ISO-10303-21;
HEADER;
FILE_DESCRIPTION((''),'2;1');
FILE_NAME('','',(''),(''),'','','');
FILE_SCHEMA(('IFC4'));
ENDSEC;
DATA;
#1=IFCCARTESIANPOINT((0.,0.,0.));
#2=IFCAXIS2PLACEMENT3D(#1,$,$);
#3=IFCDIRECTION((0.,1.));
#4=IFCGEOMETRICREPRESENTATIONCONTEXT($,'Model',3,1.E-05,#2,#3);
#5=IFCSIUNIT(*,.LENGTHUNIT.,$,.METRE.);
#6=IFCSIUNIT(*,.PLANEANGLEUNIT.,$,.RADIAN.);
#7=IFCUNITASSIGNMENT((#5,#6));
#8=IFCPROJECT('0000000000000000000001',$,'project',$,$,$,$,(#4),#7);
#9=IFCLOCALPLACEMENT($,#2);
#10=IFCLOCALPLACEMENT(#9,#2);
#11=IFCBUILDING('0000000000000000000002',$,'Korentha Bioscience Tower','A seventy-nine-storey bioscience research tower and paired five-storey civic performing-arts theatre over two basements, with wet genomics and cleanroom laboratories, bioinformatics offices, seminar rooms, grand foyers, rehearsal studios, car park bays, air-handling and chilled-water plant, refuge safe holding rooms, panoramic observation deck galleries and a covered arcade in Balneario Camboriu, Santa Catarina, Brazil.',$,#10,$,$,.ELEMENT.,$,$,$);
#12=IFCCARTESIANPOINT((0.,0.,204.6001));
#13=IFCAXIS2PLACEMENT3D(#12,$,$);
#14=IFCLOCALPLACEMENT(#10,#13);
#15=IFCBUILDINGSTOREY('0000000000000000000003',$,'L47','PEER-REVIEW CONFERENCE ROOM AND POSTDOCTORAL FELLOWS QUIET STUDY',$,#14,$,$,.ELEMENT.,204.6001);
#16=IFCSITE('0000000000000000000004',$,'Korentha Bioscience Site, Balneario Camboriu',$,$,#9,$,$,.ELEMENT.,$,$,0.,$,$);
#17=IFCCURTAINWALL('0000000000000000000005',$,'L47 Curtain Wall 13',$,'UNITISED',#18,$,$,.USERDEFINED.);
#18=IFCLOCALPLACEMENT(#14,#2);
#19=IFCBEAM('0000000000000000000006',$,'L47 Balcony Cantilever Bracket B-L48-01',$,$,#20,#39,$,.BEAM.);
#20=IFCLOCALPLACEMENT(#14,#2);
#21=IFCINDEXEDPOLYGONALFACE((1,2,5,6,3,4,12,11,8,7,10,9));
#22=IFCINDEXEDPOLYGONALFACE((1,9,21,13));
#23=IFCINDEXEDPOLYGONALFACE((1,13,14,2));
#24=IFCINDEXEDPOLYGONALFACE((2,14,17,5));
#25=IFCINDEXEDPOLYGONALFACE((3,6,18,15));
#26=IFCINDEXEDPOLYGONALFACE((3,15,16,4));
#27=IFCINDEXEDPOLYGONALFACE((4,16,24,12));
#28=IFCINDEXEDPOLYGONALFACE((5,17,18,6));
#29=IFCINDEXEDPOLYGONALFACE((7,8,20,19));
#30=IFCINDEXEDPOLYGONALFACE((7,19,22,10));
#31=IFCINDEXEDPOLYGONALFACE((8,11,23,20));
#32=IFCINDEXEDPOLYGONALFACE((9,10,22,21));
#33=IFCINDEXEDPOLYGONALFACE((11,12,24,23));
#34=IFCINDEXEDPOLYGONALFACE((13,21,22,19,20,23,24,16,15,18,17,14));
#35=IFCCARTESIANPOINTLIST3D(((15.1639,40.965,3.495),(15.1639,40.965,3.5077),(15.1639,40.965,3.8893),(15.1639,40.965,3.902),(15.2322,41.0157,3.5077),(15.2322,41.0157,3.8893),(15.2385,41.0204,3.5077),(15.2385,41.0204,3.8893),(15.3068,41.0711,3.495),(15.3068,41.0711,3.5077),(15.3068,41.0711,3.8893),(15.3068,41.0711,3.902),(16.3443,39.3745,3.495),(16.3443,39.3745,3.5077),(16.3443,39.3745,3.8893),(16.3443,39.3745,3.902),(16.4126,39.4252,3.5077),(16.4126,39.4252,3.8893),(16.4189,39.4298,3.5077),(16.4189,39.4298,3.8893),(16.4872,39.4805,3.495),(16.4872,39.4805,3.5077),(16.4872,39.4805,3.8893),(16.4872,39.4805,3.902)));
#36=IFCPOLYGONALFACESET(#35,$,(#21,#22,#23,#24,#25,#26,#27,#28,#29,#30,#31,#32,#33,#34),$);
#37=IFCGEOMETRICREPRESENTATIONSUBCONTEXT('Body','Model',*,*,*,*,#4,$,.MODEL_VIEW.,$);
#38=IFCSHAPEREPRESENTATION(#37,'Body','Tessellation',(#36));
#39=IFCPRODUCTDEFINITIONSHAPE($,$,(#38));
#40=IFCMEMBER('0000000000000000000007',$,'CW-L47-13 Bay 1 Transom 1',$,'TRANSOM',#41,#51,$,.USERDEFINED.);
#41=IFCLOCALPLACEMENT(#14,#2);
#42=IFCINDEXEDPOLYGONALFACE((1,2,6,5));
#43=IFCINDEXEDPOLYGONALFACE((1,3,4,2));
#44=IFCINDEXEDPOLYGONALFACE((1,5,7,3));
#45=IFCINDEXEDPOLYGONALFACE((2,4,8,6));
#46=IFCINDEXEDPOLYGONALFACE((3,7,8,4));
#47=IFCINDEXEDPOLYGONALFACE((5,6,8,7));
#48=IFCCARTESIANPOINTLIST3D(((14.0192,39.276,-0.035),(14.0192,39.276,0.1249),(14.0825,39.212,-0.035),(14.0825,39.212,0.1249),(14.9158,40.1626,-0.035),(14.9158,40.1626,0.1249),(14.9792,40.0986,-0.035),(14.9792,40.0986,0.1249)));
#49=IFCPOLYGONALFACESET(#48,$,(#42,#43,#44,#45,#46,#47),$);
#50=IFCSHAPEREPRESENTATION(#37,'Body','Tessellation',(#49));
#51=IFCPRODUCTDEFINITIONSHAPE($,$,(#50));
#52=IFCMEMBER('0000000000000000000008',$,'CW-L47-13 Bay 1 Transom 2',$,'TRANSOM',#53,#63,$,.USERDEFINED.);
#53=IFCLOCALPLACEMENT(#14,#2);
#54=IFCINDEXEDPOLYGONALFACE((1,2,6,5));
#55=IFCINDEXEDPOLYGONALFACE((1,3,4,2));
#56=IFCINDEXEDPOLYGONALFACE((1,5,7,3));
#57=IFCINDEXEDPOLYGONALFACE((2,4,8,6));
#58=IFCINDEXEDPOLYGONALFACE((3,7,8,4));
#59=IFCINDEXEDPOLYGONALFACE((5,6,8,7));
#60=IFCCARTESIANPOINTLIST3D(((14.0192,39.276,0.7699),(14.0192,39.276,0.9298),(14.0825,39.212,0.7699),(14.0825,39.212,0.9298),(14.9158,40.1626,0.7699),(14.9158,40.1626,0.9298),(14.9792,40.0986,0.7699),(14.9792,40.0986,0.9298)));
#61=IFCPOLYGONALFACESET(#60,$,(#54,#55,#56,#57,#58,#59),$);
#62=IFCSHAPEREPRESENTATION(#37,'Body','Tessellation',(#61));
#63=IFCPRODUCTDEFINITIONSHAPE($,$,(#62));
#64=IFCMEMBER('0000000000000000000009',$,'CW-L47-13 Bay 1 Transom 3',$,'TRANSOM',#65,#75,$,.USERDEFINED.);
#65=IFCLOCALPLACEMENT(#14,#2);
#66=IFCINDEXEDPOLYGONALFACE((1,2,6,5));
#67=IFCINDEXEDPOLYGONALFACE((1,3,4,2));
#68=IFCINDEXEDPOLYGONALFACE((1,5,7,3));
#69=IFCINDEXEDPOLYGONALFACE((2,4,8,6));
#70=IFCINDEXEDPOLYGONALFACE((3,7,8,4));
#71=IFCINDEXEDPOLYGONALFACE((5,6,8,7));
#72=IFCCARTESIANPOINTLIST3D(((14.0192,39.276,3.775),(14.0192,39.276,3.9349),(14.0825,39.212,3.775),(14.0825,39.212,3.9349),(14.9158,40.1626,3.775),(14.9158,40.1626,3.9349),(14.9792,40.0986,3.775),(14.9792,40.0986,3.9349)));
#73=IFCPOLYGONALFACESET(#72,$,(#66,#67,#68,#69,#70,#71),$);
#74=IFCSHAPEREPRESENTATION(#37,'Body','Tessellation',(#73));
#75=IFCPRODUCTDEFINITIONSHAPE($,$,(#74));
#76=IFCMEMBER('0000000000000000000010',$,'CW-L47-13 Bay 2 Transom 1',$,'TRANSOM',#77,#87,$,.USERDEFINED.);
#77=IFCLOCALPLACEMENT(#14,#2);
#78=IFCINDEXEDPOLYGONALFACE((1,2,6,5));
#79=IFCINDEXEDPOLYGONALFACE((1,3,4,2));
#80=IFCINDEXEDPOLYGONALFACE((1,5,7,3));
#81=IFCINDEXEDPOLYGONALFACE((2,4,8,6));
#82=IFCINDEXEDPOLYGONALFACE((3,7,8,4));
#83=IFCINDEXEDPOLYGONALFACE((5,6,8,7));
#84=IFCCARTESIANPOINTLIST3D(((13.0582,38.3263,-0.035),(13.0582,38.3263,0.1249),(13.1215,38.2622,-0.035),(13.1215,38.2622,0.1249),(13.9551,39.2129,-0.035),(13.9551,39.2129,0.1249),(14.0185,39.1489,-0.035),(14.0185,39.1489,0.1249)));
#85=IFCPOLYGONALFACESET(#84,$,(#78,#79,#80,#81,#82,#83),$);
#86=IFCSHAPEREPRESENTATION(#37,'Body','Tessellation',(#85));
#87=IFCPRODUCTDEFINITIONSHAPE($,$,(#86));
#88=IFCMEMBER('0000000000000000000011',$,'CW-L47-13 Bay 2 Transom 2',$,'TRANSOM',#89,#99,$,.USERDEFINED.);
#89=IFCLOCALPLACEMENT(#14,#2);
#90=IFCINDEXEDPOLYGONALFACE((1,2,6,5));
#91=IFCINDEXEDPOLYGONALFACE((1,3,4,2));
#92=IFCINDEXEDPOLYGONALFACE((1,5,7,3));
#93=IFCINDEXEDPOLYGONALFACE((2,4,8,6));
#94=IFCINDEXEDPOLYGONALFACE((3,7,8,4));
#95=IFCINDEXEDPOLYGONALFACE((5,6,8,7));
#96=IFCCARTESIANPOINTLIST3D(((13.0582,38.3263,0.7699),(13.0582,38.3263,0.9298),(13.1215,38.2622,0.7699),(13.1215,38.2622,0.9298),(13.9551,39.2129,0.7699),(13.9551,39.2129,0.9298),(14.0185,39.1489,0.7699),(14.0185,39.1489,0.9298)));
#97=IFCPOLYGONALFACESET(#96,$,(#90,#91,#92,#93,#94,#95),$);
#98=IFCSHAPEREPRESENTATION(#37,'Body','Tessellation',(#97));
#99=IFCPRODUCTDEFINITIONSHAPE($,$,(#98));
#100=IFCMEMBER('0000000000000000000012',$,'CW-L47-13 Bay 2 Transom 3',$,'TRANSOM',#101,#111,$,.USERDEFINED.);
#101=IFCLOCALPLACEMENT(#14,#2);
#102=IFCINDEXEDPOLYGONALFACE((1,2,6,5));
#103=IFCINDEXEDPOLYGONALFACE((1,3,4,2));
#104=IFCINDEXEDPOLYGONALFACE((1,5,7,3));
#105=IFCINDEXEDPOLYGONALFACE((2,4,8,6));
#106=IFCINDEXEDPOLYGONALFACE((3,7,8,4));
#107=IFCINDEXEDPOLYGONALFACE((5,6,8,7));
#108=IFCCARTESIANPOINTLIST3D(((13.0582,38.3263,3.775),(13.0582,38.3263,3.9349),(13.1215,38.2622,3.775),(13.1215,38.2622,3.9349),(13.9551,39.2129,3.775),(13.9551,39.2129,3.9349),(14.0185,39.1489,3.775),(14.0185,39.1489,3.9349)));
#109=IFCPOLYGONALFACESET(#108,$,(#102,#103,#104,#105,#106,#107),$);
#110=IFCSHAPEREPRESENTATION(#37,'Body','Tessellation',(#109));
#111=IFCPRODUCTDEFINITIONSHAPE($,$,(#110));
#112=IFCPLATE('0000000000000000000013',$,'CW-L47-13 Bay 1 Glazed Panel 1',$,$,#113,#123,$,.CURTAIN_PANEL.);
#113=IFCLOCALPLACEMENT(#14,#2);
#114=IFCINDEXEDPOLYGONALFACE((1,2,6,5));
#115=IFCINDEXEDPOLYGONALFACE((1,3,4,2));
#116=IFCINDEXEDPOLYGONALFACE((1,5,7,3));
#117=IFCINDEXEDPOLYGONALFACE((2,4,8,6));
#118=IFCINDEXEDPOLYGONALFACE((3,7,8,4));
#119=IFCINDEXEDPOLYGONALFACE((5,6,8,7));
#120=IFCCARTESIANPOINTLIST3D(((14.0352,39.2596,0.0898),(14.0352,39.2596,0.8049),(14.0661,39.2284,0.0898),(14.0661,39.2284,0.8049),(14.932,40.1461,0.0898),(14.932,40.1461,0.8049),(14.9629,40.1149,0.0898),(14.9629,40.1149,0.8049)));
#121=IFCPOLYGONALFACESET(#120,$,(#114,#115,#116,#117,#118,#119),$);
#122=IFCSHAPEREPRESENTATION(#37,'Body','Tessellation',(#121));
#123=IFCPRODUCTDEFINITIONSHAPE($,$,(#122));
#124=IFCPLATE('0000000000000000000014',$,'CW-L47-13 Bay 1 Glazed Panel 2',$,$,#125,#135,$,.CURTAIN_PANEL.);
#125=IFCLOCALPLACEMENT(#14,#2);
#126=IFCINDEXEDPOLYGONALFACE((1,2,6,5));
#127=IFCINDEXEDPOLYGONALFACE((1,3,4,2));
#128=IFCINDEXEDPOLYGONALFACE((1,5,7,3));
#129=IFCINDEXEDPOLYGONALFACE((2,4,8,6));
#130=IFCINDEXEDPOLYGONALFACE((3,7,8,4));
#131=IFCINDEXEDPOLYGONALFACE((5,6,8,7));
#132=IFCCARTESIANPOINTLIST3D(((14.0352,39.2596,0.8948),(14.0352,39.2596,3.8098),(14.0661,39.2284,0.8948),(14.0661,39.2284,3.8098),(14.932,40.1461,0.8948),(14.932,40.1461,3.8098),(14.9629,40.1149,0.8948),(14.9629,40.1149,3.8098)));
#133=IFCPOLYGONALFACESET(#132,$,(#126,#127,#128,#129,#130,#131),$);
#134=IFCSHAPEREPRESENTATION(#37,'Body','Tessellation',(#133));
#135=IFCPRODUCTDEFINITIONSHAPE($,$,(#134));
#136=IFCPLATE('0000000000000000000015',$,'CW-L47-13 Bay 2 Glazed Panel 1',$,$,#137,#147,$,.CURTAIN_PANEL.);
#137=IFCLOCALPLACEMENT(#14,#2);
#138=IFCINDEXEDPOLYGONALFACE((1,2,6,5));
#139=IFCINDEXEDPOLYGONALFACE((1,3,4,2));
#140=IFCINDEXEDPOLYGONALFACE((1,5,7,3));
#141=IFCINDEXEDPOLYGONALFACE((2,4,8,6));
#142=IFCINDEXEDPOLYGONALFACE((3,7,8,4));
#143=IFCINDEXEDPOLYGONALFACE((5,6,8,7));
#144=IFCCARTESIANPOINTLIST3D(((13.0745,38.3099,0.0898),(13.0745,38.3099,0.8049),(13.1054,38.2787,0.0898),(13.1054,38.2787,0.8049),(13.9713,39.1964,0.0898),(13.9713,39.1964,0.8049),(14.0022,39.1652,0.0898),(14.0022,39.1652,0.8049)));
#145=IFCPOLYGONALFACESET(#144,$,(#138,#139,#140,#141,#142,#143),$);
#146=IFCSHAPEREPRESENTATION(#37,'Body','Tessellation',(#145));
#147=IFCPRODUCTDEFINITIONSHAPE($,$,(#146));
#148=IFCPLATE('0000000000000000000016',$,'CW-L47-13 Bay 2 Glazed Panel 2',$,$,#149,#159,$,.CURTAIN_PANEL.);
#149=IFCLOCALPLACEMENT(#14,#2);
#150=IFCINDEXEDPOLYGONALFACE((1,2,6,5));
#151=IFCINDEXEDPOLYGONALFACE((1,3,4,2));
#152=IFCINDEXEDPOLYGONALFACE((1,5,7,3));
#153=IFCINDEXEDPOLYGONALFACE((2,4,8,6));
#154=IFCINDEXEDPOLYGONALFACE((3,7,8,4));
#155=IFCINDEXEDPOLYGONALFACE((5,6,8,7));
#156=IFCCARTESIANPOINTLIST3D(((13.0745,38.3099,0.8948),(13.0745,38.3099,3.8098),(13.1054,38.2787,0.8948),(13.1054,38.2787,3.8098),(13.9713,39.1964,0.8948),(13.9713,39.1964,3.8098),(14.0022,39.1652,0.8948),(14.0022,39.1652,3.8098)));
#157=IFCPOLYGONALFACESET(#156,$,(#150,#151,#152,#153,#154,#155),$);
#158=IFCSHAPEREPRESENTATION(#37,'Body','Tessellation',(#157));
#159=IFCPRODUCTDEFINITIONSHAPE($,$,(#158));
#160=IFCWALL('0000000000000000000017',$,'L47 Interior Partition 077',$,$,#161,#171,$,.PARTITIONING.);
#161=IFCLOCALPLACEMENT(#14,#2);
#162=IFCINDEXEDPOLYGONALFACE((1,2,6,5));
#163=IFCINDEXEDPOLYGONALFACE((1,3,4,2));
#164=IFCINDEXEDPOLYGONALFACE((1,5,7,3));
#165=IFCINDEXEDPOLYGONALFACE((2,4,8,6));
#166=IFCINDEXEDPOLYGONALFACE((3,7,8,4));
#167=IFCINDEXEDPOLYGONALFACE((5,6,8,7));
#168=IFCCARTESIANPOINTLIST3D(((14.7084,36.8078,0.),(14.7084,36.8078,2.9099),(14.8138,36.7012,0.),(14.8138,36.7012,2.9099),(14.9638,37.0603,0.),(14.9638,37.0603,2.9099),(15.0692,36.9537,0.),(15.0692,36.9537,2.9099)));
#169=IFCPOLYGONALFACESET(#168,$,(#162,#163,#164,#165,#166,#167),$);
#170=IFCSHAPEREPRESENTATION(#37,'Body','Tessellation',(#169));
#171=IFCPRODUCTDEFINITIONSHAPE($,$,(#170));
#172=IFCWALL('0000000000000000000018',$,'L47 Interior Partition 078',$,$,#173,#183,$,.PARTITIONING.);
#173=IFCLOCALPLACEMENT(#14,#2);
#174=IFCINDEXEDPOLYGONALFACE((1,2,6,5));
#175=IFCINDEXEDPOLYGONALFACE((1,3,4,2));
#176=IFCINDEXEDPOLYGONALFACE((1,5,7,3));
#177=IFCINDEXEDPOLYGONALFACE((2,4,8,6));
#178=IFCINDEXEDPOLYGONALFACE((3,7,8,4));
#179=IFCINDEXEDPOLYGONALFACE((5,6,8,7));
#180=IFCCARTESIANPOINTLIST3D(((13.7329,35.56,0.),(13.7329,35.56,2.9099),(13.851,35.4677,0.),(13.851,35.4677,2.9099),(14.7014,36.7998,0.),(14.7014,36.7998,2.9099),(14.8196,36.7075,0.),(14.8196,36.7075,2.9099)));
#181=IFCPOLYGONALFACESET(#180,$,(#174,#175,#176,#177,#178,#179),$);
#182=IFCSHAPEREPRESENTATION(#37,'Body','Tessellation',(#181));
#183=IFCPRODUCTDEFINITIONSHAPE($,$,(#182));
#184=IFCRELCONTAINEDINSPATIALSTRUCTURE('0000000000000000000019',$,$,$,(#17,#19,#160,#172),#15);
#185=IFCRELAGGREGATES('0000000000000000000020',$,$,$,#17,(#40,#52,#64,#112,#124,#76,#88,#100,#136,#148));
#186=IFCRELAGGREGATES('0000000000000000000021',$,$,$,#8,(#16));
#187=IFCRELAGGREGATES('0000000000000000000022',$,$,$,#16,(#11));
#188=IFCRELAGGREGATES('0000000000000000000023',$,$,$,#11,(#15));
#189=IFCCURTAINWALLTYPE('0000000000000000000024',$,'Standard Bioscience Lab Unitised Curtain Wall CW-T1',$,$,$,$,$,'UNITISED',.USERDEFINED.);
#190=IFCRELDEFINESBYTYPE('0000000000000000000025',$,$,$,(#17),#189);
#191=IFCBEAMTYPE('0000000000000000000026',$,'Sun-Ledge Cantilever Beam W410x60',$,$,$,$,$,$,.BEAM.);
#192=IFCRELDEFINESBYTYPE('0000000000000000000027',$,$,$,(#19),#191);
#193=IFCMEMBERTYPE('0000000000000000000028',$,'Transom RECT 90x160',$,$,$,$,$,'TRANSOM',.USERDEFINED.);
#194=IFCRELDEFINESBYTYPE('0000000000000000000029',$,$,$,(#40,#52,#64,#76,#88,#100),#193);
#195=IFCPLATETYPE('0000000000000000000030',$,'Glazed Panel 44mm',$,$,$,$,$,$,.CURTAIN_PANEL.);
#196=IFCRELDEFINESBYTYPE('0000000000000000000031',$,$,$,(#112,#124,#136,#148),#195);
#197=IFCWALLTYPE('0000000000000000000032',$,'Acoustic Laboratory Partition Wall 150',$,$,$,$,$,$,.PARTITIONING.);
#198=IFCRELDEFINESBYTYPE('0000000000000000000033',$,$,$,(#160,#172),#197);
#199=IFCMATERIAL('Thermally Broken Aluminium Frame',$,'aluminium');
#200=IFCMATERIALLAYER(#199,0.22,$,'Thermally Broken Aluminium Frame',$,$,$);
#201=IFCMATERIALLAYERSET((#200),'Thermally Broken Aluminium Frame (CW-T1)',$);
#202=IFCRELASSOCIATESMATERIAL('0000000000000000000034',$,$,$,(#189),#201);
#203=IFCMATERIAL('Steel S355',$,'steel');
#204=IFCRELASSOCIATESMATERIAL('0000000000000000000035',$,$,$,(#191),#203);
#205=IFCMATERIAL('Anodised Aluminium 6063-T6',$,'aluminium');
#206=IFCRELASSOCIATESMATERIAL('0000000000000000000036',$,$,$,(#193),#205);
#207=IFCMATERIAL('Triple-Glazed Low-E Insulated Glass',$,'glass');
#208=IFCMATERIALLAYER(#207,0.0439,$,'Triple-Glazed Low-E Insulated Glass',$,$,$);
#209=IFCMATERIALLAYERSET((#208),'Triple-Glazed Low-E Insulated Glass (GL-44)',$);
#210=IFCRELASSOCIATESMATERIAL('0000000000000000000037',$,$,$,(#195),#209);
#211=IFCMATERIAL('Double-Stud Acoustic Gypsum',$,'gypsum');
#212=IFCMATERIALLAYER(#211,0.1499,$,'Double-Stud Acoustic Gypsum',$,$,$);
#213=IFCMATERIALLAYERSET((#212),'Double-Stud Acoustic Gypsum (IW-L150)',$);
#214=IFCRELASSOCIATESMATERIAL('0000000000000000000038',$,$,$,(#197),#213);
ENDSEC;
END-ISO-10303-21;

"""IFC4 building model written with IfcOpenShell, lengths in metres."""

from ifc_helpers import new_model, si_unit, direction, frame, frame_2d, origin, origin_2d, place, context, subcontext, project, spatial, rectangle, i_section, extrude, material, layer, layer_set, material_profile, profile_set, type_object, element, aggregate, save


model = new_model("IFC4")

# Units and contexts
model_context = context("Model", 3, precision=1e-05, world=origin(), true_north=direction((0.0, 1.0)))
body_context = subcontext(model_context, "Body", "Model", "MODEL_VIEW")
ifc_project = project(units=[si_unit("LENGTHUNIT", "METRE"), si_unit("PLANEANGLEUNIT", "RADIAN")], contexts=[model_context])

# Site, building, storey
site_placement = place(None, origin())
site = spatial("IfcSite", under=ifc_project, at=site_placement, Name="Korentha Bioscience Site, Balneario Camboriu", CompositionType="ELEMENT", RefElevation=0.0)
building_placement = place(site_placement, origin())
building = spatial("IfcBuilding", under=site, at=building_placement, Name="Korentha Bioscience Tower", Description="A seventy-nine-storey bioscience research tower and paired five-storey civic performing-arts theatre over two basements, with wet genomics and cleanroom laboratories, bioinformatics offices, seminar rooms, grand foyers, rehearsal studios, car park bays, air-handling and chilled-water plant, refuge safe holding rooms, panoramic observation deck galleries and a covered arcade in Balneario Camboriu, Santa Catarina, Brazil.", CompositionType="ELEMENT")
storey_placement = place(building_placement, frame((0.0, 0.0, 204.6001)))
storey = spatial("IfcBuildingStorey", under=building, at=storey_placement, Name="L47", Description="PEER-REVIEW CONFERENCE ROOM AND POSTDOCTORAL FELLOWS QUIET STUDY", CompositionType="ELEMENT", Elevation=204.6001)

# Curtain wall
ifc_material_1 = material(Name="Thermally Broken Aluminium Frame", Category="aluminium")
ifc_layer_1 = layer(ifc_material_1, 0.22, Name="Thermally Broken Aluminium Frame")
ifc_layer_set_1 = layer_set([ifc_layer_1], Name="Thermally Broken Aluminium Frame (CW-T1)")
curtain_wall_type = type_object("IfcCurtainWallType", Name="Standard Bioscience Lab Unitised Curtain Wall CW-T1", ElementType="UNITISED", PredefinedType="USERDEFINED", material=ifc_layer_set_1)
curtain_wall_placement = place(storey_placement, origin())
curtain_wall = element("IfcCurtainWall", 1, at=curtain_wall_placement, inside=storey, type_object=curtain_wall_type, Name="L47 Curtain Wall 13", ObjectType="UNITISED", PredefinedType="USERDEFINED")
ifc_material_2 = material(Name="Anodised Aluminium 6063-T6", Category="aluminium")

# Beam
ifc_material_3 = material(Name="Steel S355", Category="steel")
ifc_material_profile_1 = material_profile(ifc_material_3, i_section(OverallWidth=0.178, OverallDepth=0.407, WebThickness=0.0078, FlangeThickness=0.0127, at=origin_2d()), Name="Steel S355")
ifc_profile_set_1 = profile_set([ifc_material_profile_1], Name="Steel S355 (CB-410)")
beam_type_1 = type_object("IfcBeamType", Name="Sun-Ledge Cantilever Beam W410x60", PredefinedType="BEAM", material=ifc_profile_set_1)
beam_1_placement = place(storey_placement, frame((16.4158, 39.4275, 3.6985), z_axis=(-0.595949, 0.803022, 0.0), x_axis=(-0.803022, -0.595949, 0.0)))
element("IfcBeam", 2, at=beam_1_placement, inside=storey, type_object=beam_type_1, Name="L47 Balcony Cantilever Bracket B-L48-01", PredefinedType="BEAM", context=body_context, shape_type="SweptSolid", body=[
    extrude(i_section(OverallWidth=0.178, OverallDepth=0.407, WebThickness=0.0078, FlangeThickness=0.0127, at=origin_2d()), origin(), (0.0, 0.0, 1.0), 1.9807),
])

# Members
ifc_material_profile_2 = material_profile(ifc_material_2, rectangle(XDim=0.0901, YDim=0.1599, at=origin_2d()), Name="Anodised Aluminium 6063-T6")
ifc_profile_set_2 = profile_set([ifc_material_profile_2], Name="Anodised Aluminium 6063-T6 (CW-TRN)")
member_type_1 = type_object("IfcMemberType", Name="Transom RECT 90x160", ElementType="TRANSOM", PredefinedType="USERDEFINED", material=ifc_profile_set_2)
member_1_placement = place(storey_placement, frame((14.9475, 40.1306, 0.0449), z_axis=(-0.711064, -0.703127, 0.0), x_axis=(0.703127, -0.711064, 0.0)))
member_1 = element("IfcMember", 3, at=member_1_placement, type_object=member_type_1, Name="CW-L47-13 Bay 1 Transom 1", ObjectType="TRANSOM", PredefinedType="USERDEFINED", context=body_context, shape_type="SweptSolid", body=[
    extrude(rectangle(XDim=0.0901, YDim=0.1599, at=origin_2d()), origin(), (0.0, 0.0, 1.0), 1.261),
])
member_2_placement = place(storey_placement, frame((14.9475, 40.1306, 0.8499), z_axis=(-0.711064, -0.703127, 0.0), x_axis=(0.703127, -0.711064, 0.0)))
member_2 = element("IfcMember", 4, at=member_2_placement, type_object=member_type_1, Name="CW-L47-13 Bay 1 Transom 2", ObjectType="TRANSOM", PredefinedType="USERDEFINED", context=body_context, shape_type="SweptSolid", body=[
    extrude(rectangle(XDim=0.0901, YDim=0.1599, at=origin_2d()), origin(), (0.0, 0.0, 1.0), 1.261),
])
member_3_placement = place(storey_placement, frame((14.9475, 40.1306, 3.855), z_axis=(-0.711064, -0.703127, 0.0), x_axis=(0.703127, -0.711064, 0.0)))
member_3 = element("IfcMember", 5, at=member_3_placement, type_object=member_type_1, Name="CW-L47-13 Bay 1 Transom 3", ObjectType="TRANSOM", PredefinedType="USERDEFINED", context=body_context, shape_type="SweptSolid", body=[
    extrude(rectangle(XDim=0.0901, YDim=0.1599, at=origin_2d()), origin(), (0.0, 0.0, 1.0), 1.261),
])
member_4_placement = place(storey_placement, frame((13.9868, 39.1809, 0.0449), z_axis=(-0.71116, -0.70303, 0.0), x_axis=(0.70303, -0.71116, 0.0)))
member_4 = element("IfcMember", 6, at=member_4_placement, type_object=member_type_1, Name="CW-L47-13 Bay 2 Transom 1", ObjectType="TRANSOM", PredefinedType="USERDEFINED", context=body_context, shape_type="SweptSolid", body=[
    extrude(rectangle(XDim=0.0901, YDim=0.1599, at=origin_2d()), origin(), (0.0, 0.0, 1.0), 1.2612),
])
member_5_placement = place(storey_placement, frame((13.9868, 39.1809, 0.8499), z_axis=(-0.71116, -0.70303, 0.0), x_axis=(0.70303, -0.71116, 0.0)))
member_5 = element("IfcMember", 7, at=member_5_placement, type_object=member_type_1, Name="CW-L47-13 Bay 2 Transom 2", ObjectType="TRANSOM", PredefinedType="USERDEFINED", context=body_context, shape_type="SweptSolid", body=[
    extrude(rectangle(XDim=0.0901, YDim=0.1599, at=origin_2d()), origin(), (0.0, 0.0, 1.0), 1.2612),
])
member_6_placement = place(storey_placement, frame((13.9868, 39.1809, 3.855), z_axis=(-0.71116, -0.70303, 0.0), x_axis=(0.70303, -0.71116, 0.0)))
member_6 = element("IfcMember", 8, at=member_6_placement, type_object=member_type_1, Name="CW-L47-13 Bay 2 Transom 3", ObjectType="TRANSOM", PredefinedType="USERDEFINED", context=body_context, shape_type="SweptSolid", body=[
    extrude(rectangle(XDim=0.0901, YDim=0.1599, at=origin_2d()), origin(), (0.0, 0.0, 1.0), 1.2612),
])

# Plates
ifc_material_4 = material(Name="Triple-Glazed Low-E Insulated Glass", Category="glass")
ifc_layer_2 = layer(ifc_material_4, 0.0439, Name="Triple-Glazed Low-E Insulated Glass")
ifc_layer_set_2 = layer_set([ifc_layer_2], Name="Triple-Glazed Low-E Insulated Glass (GL-44)")
plate_type = type_object("IfcPlateType", Name="Glazed Panel 44mm", PredefinedType="CURTAIN_PANEL", material=ifc_layer_set_2)
plate_1_placement = place(storey_placement, frame((14.499, 39.6873, 0.0898), z_axis=(0.0, 0.0, 1.0), x_axis=(-0.711178, -0.703012, 0.0)))
plate_1 = element("IfcPlate", 9, at=plate_1_placement, type_object=plate_type, Name="CW-L47-13 Bay 1 Glazed Panel 1", PredefinedType="CURTAIN_PANEL", context=body_context, shape_type="SweptSolid", body=[
    extrude(rectangle(XDim=1.261, YDim=0.0439, at=origin_2d()), origin(), (0.0, 0.0, 1.0), 0.7151),
])
plate_2_placement = place(storey_placement, frame((14.499, 39.6873, 0.8948), z_axis=(0.0, 0.0, 1.0), x_axis=(-0.711178, -0.703012, 0.0)))
plate_2 = element("IfcPlate", 10, at=plate_2_placement, type_object=plate_type, Name="CW-L47-13 Bay 1 Glazed Panel 2", PredefinedType="CURTAIN_PANEL", context=body_context, shape_type="SweptSolid", body=[
    extrude(rectangle(XDim=1.261, YDim=0.0439, at=origin_2d()), origin(), (0.0, 0.0, 1.0), 2.915),
])
plate_3_placement = place(storey_placement, frame((13.5383, 38.7375, 0.0898), z_axis=(0.0, 0.0, 1.0), x_axis=(-0.711178, -0.703012, 0.0)))
plate_3 = element("IfcPlate", 11, at=plate_3_placement, type_object=plate_type, Name="CW-L47-13 Bay 2 Glazed Panel 1", PredefinedType="CURTAIN_PANEL", context=body_context, shape_type="SweptSolid", body=[
    extrude(rectangle(XDim=1.261, YDim=0.0439, at=origin_2d()), origin(), (0.0, 0.0, 1.0), 0.7151),
])
plate_4_placement = place(storey_placement, frame((13.5383, 38.7375, 0.8948), z_axis=(0.0, 0.0, 1.0), x_axis=(-0.711178, -0.703012, 0.0)))
plate_4 = element("IfcPlate", 12, at=plate_4_placement, type_object=plate_type, Name="CW-L47-13 Bay 2 Glazed Panel 2", PredefinedType="CURTAIN_PANEL", context=body_context, shape_type="SweptSolid", body=[
    extrude(rectangle(XDim=1.261, YDim=0.0439, at=origin_2d()), origin(), (0.0, 0.0, 1.0), 2.915),
])
aggregate(curtain_wall, [member_1, member_2, member_3, plate_1, plate_2, member_4, member_5, member_6, plate_3, plate_4])

# Shared definitions
ifc_material_5 = material(Name="Double-Stud Acoustic Gypsum", Category="gypsum")
ifc_layer_3 = layer(ifc_material_5, 0.1499, Name="Double-Stud Acoustic Gypsum")
ifc_layer_set_3 = layer_set([ifc_layer_3], Name="Double-Stud Acoustic Gypsum (IW-L150)")
wall_type_1 = type_object("IfcWallType", Name="Acoustic Laboratory Partition Wall 150", PredefinedType="PARTITIONING", material=ifc_layer_set_3)

# Walls
wall_1_placement = place(storey_placement, frame((15.0166, 37.0071, 0.0), z_axis=(0.0, 0.0, 1.0), x_axis=(-0.711174, -0.703016, 0.0)))
element("IfcWall", 13, at=wall_1_placement, inside=storey, type_object=wall_type_1, Name="L47 Interior Partition 077", PredefinedType="PARTITIONING", context=body_context, shape_type="SweptSolid", body=[
    extrude(rectangle(XDim=0.3591, YDim=0.1499, at=frame_2d((0.1797, 0.0))), origin(), (0.0, 0.0, 1.0), 2.9099),
])
wall_2_placement = place(storey_placement, frame((14.7605, 36.7537, 0.0), z_axis=(0.0, 0.0, 1.0), x_axis=(-0.615626, -0.788038, 0.0)))
element("IfcWall", 14, at=wall_2_placement, inside=storey, type_object=wall_type_1, Name="L47 Interior Partition 078", PredefinedType="PARTITIONING", context=body_context, shape_type="SweptSolid", body=[
    extrude(rectangle(XDim=1.5732, YDim=0.1499, at=frame_2d((0.7866, 0.0))), origin(), (0.0, 0.0, 1.0), 2.9099),
])

save(model, "model.ifc")
